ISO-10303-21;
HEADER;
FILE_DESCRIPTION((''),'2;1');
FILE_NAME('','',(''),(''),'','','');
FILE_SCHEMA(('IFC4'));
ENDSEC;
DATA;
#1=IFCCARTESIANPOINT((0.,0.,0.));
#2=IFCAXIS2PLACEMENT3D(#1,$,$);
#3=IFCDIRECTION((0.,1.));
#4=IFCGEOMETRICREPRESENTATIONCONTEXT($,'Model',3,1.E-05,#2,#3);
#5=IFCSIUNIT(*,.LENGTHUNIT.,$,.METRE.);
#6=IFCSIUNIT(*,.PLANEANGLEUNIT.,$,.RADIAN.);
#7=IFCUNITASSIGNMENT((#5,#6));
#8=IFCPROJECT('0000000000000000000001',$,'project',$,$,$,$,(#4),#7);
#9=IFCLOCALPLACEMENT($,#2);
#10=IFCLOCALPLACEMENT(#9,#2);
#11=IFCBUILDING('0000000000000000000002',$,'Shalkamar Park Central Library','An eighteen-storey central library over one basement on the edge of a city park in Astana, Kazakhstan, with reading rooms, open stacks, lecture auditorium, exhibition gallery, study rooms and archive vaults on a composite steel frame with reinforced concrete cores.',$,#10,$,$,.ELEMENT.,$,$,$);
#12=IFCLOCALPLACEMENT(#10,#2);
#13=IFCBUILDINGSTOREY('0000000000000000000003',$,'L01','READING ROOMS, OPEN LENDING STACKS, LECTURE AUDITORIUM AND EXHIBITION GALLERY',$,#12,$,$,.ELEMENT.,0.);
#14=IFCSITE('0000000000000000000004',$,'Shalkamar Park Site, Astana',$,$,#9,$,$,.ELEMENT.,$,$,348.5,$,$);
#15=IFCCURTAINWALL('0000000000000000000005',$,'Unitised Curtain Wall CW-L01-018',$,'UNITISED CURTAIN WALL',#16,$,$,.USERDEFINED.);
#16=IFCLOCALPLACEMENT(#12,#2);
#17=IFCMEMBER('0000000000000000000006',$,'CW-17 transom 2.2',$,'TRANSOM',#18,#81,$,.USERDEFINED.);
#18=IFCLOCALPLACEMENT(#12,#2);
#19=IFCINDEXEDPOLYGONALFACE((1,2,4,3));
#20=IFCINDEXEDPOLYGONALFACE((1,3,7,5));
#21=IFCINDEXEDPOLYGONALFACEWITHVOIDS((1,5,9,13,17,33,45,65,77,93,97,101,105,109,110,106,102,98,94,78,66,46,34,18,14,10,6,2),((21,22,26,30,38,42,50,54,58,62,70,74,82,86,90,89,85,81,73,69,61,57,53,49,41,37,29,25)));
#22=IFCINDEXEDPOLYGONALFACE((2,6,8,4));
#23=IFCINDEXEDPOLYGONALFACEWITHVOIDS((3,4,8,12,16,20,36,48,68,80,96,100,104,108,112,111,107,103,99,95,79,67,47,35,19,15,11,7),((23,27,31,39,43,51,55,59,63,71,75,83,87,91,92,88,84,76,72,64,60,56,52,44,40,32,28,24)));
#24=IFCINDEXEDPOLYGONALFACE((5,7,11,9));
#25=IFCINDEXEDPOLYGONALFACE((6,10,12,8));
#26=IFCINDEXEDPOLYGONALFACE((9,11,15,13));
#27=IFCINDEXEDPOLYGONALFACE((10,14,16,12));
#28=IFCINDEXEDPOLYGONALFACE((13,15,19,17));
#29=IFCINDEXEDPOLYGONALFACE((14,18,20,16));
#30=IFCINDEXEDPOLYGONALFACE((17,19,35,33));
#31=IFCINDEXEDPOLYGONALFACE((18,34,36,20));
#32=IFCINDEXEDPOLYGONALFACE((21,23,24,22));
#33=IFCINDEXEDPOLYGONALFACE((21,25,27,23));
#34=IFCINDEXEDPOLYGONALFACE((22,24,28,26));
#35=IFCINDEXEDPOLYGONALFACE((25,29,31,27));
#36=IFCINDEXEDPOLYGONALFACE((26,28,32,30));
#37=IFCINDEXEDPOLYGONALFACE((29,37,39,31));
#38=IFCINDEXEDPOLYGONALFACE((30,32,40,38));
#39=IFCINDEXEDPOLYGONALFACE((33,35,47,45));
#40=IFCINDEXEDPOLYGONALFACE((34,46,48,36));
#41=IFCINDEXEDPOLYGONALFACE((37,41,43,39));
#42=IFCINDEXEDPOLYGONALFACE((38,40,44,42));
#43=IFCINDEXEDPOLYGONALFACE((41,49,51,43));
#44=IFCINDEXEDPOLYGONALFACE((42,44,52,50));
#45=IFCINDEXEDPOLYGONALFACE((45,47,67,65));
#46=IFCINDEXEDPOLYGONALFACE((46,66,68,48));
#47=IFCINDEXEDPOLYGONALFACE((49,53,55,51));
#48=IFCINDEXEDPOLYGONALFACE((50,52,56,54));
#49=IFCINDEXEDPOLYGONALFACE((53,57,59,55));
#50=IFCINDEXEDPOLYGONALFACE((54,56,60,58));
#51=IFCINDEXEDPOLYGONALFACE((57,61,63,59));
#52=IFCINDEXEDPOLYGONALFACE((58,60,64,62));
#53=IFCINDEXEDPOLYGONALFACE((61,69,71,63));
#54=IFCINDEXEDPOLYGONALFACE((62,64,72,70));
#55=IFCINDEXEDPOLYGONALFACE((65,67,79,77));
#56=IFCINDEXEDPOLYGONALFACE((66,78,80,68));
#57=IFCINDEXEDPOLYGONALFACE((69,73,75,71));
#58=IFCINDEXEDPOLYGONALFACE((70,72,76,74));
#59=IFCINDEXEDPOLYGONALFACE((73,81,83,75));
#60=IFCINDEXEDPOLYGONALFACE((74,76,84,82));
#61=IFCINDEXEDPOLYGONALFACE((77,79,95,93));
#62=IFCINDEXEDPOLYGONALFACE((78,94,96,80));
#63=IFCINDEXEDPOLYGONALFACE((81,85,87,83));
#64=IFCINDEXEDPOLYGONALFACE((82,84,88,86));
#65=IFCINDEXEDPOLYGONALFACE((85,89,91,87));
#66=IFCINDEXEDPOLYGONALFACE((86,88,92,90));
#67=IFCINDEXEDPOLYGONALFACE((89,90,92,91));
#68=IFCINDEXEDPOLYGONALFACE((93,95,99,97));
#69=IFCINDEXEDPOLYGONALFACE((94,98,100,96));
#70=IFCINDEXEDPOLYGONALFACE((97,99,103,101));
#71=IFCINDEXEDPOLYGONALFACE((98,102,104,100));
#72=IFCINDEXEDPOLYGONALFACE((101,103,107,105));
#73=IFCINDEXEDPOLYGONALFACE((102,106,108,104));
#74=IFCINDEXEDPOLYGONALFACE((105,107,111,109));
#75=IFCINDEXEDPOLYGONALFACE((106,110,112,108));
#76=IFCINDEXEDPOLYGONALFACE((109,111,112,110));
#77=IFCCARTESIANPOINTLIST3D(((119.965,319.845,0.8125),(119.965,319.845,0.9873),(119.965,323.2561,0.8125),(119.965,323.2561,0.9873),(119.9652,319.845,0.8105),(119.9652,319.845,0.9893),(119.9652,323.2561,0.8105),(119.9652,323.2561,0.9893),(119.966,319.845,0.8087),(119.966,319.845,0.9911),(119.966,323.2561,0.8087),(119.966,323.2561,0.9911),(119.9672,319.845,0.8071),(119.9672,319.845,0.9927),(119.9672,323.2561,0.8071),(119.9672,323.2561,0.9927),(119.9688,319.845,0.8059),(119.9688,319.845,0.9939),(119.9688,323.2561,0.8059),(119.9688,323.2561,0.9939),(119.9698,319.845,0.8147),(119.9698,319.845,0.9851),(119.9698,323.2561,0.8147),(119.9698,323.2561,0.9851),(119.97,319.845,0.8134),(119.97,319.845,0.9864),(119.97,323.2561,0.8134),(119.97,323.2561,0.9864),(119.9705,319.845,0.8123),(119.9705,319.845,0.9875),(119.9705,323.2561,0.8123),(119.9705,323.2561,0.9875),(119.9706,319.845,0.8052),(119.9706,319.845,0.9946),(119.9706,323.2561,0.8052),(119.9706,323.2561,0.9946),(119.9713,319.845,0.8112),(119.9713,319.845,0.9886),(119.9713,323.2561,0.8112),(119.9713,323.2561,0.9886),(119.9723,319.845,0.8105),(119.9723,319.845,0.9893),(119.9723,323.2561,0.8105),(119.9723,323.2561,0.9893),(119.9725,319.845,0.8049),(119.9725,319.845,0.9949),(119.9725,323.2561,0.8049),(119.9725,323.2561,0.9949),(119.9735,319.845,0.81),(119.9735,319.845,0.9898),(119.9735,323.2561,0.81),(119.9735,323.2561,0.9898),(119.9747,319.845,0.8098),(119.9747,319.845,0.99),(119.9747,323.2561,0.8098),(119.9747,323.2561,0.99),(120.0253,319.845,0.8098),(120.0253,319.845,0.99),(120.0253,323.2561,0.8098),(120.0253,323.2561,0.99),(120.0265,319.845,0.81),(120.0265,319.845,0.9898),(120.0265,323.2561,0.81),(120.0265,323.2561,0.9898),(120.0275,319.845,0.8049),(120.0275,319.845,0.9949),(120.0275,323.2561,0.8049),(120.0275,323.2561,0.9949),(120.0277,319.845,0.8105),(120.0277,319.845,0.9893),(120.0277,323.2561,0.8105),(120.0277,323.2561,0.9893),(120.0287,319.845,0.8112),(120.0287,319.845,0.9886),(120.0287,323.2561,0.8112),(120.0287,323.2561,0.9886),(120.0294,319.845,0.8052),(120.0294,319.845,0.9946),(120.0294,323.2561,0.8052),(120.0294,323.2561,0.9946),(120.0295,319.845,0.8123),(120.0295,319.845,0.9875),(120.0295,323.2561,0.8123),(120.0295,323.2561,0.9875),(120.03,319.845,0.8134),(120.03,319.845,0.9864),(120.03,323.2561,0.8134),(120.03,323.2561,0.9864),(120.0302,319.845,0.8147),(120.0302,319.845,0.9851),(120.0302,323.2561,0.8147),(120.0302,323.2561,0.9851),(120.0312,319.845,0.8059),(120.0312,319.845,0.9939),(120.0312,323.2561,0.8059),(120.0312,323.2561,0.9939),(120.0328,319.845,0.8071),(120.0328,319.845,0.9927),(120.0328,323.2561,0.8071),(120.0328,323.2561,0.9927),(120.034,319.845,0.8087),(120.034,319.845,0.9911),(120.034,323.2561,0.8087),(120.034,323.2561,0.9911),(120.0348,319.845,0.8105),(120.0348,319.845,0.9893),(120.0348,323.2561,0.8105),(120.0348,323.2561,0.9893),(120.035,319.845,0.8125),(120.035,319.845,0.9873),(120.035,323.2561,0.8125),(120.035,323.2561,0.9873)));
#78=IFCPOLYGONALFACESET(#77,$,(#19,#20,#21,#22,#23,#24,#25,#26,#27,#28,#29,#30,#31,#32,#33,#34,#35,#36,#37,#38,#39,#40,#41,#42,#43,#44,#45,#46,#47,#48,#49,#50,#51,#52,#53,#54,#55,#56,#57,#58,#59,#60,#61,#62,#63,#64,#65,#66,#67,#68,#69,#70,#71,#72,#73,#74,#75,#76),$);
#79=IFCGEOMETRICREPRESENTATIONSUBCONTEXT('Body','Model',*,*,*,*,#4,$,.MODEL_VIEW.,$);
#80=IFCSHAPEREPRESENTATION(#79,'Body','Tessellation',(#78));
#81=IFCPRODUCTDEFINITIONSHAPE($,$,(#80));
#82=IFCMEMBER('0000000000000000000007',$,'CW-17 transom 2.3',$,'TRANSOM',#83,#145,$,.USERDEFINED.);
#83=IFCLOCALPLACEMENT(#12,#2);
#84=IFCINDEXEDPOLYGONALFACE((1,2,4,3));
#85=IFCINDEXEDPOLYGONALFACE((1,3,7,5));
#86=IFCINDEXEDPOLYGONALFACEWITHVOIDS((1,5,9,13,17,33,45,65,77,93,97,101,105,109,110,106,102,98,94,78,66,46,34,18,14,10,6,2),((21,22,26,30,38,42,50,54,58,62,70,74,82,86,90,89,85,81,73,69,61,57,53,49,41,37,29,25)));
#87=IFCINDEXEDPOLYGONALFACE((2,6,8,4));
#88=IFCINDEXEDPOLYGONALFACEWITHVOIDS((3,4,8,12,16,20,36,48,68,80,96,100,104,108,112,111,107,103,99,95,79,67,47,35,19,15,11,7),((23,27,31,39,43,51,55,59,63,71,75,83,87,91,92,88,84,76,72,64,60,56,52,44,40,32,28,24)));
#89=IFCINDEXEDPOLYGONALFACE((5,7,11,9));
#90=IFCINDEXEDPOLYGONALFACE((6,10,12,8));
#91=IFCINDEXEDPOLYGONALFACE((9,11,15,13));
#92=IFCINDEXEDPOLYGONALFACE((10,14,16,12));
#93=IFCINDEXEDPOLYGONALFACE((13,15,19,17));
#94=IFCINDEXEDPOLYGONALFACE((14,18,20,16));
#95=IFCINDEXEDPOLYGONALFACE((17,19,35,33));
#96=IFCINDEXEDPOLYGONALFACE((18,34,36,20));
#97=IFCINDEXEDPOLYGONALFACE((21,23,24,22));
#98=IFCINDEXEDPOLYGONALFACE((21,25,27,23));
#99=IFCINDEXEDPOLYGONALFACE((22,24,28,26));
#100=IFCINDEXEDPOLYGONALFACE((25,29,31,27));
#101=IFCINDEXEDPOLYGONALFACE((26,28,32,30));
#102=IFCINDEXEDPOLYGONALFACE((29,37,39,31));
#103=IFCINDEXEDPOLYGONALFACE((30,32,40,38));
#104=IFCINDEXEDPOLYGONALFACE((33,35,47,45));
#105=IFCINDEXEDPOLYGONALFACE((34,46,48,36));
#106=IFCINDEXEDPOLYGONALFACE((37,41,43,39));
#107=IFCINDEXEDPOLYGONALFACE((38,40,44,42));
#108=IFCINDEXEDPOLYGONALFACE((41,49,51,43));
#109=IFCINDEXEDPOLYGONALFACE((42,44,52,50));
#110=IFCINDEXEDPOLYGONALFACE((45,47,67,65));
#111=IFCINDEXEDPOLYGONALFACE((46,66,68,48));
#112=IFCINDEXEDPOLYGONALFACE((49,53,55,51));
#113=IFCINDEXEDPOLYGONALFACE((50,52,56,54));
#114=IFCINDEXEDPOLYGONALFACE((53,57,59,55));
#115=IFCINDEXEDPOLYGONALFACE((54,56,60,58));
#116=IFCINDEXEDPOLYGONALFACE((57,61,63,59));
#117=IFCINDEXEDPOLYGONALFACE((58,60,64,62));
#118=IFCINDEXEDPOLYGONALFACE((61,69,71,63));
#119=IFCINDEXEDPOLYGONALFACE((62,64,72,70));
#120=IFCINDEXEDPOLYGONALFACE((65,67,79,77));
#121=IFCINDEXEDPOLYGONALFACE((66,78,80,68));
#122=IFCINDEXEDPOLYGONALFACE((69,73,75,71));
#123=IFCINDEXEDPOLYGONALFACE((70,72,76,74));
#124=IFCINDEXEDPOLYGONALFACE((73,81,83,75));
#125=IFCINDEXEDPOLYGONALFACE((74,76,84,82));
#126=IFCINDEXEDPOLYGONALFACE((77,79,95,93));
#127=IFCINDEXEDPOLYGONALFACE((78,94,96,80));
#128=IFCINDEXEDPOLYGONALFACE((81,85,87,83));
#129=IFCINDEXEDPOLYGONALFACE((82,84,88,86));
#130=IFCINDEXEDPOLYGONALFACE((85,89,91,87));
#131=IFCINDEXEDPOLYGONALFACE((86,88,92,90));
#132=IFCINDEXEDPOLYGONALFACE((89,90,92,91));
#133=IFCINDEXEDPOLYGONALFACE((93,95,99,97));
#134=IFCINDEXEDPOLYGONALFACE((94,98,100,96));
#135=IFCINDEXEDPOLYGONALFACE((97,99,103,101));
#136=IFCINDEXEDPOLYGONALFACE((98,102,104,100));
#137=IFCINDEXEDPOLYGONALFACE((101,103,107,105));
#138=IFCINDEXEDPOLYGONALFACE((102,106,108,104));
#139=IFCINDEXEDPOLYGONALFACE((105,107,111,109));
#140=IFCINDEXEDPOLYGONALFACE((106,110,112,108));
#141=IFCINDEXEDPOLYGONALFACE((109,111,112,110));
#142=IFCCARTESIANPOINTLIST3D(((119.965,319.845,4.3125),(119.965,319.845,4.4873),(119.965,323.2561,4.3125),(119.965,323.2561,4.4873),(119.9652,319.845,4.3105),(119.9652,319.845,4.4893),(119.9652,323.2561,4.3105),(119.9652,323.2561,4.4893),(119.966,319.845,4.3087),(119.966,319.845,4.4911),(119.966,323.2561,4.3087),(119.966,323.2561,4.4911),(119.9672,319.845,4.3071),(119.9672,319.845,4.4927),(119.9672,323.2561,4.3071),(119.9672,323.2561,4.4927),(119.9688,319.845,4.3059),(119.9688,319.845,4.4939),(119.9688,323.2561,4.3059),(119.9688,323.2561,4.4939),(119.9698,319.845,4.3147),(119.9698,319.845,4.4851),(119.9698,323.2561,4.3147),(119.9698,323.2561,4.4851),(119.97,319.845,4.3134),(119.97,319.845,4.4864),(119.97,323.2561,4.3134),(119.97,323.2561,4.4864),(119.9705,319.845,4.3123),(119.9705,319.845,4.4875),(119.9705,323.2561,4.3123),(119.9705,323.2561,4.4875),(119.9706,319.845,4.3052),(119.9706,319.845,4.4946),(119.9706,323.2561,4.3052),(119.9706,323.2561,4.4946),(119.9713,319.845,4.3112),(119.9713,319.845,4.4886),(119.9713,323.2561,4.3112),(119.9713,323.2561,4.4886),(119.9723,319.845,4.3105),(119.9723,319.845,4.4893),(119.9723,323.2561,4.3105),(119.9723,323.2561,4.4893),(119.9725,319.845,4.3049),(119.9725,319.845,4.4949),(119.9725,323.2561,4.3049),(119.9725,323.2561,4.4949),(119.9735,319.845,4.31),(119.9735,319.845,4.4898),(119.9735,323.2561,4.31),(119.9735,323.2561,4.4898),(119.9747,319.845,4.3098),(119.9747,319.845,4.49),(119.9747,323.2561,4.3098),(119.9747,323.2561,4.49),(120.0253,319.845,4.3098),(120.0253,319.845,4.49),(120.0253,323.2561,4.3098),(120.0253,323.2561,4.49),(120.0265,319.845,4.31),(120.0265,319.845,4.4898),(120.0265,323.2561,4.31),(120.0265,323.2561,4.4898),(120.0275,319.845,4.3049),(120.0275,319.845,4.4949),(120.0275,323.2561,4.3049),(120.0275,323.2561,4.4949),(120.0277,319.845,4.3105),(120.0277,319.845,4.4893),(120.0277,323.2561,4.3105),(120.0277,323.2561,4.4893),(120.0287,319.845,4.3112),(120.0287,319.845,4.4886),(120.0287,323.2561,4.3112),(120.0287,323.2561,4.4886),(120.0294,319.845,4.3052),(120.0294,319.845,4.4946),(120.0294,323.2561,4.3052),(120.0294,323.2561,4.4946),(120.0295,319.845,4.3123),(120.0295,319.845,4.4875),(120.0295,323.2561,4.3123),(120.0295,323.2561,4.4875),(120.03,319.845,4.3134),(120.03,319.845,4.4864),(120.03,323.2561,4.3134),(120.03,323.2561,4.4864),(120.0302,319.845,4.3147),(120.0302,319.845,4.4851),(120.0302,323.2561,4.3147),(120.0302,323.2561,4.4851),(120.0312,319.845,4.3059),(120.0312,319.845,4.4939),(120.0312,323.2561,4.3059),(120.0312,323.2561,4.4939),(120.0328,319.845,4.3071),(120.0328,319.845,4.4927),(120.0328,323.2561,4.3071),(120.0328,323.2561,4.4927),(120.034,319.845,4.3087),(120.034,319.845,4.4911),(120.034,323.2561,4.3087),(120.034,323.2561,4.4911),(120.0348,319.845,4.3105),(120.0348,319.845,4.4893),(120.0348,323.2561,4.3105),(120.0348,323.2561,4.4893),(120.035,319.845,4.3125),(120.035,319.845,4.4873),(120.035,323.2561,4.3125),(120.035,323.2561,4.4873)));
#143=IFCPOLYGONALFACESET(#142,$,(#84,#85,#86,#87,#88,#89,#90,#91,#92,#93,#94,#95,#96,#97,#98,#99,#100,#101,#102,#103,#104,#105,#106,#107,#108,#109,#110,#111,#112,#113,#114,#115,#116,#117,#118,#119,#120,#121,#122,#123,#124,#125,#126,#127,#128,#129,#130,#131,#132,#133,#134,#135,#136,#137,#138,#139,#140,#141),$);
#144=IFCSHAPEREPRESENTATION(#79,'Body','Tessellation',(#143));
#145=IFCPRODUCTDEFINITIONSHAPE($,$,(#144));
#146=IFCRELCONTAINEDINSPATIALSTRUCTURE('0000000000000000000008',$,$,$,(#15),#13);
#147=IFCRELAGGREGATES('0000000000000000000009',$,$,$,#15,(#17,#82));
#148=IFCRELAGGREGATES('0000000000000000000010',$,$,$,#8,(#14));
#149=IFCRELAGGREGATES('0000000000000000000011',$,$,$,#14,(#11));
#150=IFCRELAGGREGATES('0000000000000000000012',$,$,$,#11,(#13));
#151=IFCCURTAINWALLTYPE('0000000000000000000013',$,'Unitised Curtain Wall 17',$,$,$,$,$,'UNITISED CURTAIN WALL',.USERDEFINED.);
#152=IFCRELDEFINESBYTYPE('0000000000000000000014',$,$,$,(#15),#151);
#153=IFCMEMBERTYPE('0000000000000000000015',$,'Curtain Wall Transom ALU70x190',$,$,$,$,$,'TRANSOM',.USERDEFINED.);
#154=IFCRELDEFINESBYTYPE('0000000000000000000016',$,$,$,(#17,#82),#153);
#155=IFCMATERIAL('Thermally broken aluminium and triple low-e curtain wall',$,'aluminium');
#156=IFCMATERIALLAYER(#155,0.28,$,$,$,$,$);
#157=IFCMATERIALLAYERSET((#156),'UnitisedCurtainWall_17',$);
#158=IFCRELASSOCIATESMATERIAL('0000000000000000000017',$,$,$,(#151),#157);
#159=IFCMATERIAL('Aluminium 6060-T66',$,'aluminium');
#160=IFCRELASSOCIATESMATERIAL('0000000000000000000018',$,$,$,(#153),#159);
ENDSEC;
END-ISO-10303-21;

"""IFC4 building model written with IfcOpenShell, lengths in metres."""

from ifc_helpers import new_model, si_unit, direction, frame, origin, origin_2d, place, context, subcontext, project, spatial, hollow_rectangle, extrude, material, layer, layer_set, material_profile, profile_set, type_object, element, aggregate, save


model = new_model("IFC4")

# Units and contexts
model_context = context("Model", 3, precision=1e-05, world=origin(), true_north=direction((0.0, 1.0)))
body_context = subcontext(model_context, "Body", "Model", "MODEL_VIEW")
ifc_project = project(units=[si_unit("LENGTHUNIT", "METRE"), si_unit("PLANEANGLEUNIT", "RADIAN")], contexts=[model_context])

# Site, building, storey
site_placement = place(None, origin())
site = spatial("IfcSite", under=ifc_project, at=site_placement, Name="Shalkamar Park Site, Astana", CompositionType="ELEMENT", RefElevation=348.5)
building_placement = place(site_placement, origin())
building = spatial("IfcBuilding", under=site, at=building_placement, Name="Shalkamar Park Central Library", Description="An eighteen-storey central library over one basement on the edge of a city park in Astana, Kazakhstan, with reading rooms, open stacks, lecture auditorium, exhibition gallery, study rooms and archive vaults on a composite steel frame with reinforced concrete cores.", CompositionType="ELEMENT")
storey_placement = place(building_placement, origin())
storey = spatial("IfcBuildingStorey", under=building, at=storey_placement, Name="L01", Description="READING ROOMS, OPEN LENDING STACKS, LECTURE AUDITORIUM AND EXHIBITION GALLERY", CompositionType="ELEMENT", Elevation=0.0)

# Curtain wall, members
ifc_material_1 = material(Name="Thermally broken aluminium and triple low-e curtain wall", Category="aluminium")
ifc_layer_1 = layer(ifc_material_1, 0.28)
ifc_layer_set_1 = layer_set([ifc_layer_1], Name="UnitisedCurtainWall_17")
curtain_wall_type = type_object("IfcCurtainWallType", Name="Unitised Curtain Wall 17", ElementType="UNITISED CURTAIN WALL", PredefinedType="USERDEFINED", material=ifc_layer_set_1)
curtain_wall_placement = place(storey_placement, origin())
curtain_wall = element("IfcCurtainWall", 1, at=curtain_wall_placement, inside=storey, type_object=curtain_wall_type, Name="Unitised Curtain Wall CW-L01-018", ObjectType="UNITISED CURTAIN WALL", PredefinedType="USERDEFINED")
ifc_material_2 = material(Name="Aluminium 6060-T66", Category="aluminium")
ifc_material_profile_1 = material_profile(ifc_material_2, hollow_rectangle(XDim=0.0701, YDim=0.1899, WallThickness=0.0049, InnerFilletRadius=0.0049, OuterFilletRadius=0.0076, at=origin_2d()), Name="ALU 70x190x5")
ifc_profile_set_1 = profile_set([ifc_material_profile_1], Name="Aluminium 6060-T66")
member_type_1 = type_object("IfcMemberType", Name="Curtain Wall Transom ALU70x190", ElementType="TRANSOM", PredefinedType="USERDEFINED", material=ifc_profile_set_1)
member_1_placement = place(storey_placement, frame((120.0, 319.845, 0.8999), z_axis=(0.0, 1.0, 0.0), x_axis=(-1.0, 0.0, 0.0)))
member_1 = element("IfcMember", 2, at=member_1_placement, type_object=member_type_1, Name="CW-17 transom 2.2", ObjectType="TRANSOM", PredefinedType="USERDEFINED", context=body_context, shape_type="SweptSolid", body=[
    extrude(hollow_rectangle(XDim=0.0701, YDim=0.1899, WallThickness=0.0049, InnerFilletRadius=0.0049, OuterFilletRadius=0.0076, at=origin_2d()), origin(), (0.0, 0.0, 1.0), 3.4111),
])
member_2_placement = place(storey_placement, frame((120.0, 319.845, 4.3999), z_axis=(0.0, 1.0, 0.0), x_axis=(-1.0, 0.0, 0.0)))
member_2 = element("IfcMember", 3, at=member_2_placement, type_object=member_type_1, Name="CW-17 transom 2.3", ObjectType="TRANSOM", PredefinedType="USERDEFINED", context=body_context, shape_type="SweptSolid", body=[
    extrude(hollow_rectangle(XDim=0.0701, YDim=0.1899, WallThickness=0.0049, InnerFilletRadius=0.0049, OuterFilletRadius=0.0076, at=origin_2d()), origin(), (0.0, 0.0, 1.0), 3.4111),
])

aggregate(curtain_wall, [member_1, member_2])

save(model, "model.ifc")
